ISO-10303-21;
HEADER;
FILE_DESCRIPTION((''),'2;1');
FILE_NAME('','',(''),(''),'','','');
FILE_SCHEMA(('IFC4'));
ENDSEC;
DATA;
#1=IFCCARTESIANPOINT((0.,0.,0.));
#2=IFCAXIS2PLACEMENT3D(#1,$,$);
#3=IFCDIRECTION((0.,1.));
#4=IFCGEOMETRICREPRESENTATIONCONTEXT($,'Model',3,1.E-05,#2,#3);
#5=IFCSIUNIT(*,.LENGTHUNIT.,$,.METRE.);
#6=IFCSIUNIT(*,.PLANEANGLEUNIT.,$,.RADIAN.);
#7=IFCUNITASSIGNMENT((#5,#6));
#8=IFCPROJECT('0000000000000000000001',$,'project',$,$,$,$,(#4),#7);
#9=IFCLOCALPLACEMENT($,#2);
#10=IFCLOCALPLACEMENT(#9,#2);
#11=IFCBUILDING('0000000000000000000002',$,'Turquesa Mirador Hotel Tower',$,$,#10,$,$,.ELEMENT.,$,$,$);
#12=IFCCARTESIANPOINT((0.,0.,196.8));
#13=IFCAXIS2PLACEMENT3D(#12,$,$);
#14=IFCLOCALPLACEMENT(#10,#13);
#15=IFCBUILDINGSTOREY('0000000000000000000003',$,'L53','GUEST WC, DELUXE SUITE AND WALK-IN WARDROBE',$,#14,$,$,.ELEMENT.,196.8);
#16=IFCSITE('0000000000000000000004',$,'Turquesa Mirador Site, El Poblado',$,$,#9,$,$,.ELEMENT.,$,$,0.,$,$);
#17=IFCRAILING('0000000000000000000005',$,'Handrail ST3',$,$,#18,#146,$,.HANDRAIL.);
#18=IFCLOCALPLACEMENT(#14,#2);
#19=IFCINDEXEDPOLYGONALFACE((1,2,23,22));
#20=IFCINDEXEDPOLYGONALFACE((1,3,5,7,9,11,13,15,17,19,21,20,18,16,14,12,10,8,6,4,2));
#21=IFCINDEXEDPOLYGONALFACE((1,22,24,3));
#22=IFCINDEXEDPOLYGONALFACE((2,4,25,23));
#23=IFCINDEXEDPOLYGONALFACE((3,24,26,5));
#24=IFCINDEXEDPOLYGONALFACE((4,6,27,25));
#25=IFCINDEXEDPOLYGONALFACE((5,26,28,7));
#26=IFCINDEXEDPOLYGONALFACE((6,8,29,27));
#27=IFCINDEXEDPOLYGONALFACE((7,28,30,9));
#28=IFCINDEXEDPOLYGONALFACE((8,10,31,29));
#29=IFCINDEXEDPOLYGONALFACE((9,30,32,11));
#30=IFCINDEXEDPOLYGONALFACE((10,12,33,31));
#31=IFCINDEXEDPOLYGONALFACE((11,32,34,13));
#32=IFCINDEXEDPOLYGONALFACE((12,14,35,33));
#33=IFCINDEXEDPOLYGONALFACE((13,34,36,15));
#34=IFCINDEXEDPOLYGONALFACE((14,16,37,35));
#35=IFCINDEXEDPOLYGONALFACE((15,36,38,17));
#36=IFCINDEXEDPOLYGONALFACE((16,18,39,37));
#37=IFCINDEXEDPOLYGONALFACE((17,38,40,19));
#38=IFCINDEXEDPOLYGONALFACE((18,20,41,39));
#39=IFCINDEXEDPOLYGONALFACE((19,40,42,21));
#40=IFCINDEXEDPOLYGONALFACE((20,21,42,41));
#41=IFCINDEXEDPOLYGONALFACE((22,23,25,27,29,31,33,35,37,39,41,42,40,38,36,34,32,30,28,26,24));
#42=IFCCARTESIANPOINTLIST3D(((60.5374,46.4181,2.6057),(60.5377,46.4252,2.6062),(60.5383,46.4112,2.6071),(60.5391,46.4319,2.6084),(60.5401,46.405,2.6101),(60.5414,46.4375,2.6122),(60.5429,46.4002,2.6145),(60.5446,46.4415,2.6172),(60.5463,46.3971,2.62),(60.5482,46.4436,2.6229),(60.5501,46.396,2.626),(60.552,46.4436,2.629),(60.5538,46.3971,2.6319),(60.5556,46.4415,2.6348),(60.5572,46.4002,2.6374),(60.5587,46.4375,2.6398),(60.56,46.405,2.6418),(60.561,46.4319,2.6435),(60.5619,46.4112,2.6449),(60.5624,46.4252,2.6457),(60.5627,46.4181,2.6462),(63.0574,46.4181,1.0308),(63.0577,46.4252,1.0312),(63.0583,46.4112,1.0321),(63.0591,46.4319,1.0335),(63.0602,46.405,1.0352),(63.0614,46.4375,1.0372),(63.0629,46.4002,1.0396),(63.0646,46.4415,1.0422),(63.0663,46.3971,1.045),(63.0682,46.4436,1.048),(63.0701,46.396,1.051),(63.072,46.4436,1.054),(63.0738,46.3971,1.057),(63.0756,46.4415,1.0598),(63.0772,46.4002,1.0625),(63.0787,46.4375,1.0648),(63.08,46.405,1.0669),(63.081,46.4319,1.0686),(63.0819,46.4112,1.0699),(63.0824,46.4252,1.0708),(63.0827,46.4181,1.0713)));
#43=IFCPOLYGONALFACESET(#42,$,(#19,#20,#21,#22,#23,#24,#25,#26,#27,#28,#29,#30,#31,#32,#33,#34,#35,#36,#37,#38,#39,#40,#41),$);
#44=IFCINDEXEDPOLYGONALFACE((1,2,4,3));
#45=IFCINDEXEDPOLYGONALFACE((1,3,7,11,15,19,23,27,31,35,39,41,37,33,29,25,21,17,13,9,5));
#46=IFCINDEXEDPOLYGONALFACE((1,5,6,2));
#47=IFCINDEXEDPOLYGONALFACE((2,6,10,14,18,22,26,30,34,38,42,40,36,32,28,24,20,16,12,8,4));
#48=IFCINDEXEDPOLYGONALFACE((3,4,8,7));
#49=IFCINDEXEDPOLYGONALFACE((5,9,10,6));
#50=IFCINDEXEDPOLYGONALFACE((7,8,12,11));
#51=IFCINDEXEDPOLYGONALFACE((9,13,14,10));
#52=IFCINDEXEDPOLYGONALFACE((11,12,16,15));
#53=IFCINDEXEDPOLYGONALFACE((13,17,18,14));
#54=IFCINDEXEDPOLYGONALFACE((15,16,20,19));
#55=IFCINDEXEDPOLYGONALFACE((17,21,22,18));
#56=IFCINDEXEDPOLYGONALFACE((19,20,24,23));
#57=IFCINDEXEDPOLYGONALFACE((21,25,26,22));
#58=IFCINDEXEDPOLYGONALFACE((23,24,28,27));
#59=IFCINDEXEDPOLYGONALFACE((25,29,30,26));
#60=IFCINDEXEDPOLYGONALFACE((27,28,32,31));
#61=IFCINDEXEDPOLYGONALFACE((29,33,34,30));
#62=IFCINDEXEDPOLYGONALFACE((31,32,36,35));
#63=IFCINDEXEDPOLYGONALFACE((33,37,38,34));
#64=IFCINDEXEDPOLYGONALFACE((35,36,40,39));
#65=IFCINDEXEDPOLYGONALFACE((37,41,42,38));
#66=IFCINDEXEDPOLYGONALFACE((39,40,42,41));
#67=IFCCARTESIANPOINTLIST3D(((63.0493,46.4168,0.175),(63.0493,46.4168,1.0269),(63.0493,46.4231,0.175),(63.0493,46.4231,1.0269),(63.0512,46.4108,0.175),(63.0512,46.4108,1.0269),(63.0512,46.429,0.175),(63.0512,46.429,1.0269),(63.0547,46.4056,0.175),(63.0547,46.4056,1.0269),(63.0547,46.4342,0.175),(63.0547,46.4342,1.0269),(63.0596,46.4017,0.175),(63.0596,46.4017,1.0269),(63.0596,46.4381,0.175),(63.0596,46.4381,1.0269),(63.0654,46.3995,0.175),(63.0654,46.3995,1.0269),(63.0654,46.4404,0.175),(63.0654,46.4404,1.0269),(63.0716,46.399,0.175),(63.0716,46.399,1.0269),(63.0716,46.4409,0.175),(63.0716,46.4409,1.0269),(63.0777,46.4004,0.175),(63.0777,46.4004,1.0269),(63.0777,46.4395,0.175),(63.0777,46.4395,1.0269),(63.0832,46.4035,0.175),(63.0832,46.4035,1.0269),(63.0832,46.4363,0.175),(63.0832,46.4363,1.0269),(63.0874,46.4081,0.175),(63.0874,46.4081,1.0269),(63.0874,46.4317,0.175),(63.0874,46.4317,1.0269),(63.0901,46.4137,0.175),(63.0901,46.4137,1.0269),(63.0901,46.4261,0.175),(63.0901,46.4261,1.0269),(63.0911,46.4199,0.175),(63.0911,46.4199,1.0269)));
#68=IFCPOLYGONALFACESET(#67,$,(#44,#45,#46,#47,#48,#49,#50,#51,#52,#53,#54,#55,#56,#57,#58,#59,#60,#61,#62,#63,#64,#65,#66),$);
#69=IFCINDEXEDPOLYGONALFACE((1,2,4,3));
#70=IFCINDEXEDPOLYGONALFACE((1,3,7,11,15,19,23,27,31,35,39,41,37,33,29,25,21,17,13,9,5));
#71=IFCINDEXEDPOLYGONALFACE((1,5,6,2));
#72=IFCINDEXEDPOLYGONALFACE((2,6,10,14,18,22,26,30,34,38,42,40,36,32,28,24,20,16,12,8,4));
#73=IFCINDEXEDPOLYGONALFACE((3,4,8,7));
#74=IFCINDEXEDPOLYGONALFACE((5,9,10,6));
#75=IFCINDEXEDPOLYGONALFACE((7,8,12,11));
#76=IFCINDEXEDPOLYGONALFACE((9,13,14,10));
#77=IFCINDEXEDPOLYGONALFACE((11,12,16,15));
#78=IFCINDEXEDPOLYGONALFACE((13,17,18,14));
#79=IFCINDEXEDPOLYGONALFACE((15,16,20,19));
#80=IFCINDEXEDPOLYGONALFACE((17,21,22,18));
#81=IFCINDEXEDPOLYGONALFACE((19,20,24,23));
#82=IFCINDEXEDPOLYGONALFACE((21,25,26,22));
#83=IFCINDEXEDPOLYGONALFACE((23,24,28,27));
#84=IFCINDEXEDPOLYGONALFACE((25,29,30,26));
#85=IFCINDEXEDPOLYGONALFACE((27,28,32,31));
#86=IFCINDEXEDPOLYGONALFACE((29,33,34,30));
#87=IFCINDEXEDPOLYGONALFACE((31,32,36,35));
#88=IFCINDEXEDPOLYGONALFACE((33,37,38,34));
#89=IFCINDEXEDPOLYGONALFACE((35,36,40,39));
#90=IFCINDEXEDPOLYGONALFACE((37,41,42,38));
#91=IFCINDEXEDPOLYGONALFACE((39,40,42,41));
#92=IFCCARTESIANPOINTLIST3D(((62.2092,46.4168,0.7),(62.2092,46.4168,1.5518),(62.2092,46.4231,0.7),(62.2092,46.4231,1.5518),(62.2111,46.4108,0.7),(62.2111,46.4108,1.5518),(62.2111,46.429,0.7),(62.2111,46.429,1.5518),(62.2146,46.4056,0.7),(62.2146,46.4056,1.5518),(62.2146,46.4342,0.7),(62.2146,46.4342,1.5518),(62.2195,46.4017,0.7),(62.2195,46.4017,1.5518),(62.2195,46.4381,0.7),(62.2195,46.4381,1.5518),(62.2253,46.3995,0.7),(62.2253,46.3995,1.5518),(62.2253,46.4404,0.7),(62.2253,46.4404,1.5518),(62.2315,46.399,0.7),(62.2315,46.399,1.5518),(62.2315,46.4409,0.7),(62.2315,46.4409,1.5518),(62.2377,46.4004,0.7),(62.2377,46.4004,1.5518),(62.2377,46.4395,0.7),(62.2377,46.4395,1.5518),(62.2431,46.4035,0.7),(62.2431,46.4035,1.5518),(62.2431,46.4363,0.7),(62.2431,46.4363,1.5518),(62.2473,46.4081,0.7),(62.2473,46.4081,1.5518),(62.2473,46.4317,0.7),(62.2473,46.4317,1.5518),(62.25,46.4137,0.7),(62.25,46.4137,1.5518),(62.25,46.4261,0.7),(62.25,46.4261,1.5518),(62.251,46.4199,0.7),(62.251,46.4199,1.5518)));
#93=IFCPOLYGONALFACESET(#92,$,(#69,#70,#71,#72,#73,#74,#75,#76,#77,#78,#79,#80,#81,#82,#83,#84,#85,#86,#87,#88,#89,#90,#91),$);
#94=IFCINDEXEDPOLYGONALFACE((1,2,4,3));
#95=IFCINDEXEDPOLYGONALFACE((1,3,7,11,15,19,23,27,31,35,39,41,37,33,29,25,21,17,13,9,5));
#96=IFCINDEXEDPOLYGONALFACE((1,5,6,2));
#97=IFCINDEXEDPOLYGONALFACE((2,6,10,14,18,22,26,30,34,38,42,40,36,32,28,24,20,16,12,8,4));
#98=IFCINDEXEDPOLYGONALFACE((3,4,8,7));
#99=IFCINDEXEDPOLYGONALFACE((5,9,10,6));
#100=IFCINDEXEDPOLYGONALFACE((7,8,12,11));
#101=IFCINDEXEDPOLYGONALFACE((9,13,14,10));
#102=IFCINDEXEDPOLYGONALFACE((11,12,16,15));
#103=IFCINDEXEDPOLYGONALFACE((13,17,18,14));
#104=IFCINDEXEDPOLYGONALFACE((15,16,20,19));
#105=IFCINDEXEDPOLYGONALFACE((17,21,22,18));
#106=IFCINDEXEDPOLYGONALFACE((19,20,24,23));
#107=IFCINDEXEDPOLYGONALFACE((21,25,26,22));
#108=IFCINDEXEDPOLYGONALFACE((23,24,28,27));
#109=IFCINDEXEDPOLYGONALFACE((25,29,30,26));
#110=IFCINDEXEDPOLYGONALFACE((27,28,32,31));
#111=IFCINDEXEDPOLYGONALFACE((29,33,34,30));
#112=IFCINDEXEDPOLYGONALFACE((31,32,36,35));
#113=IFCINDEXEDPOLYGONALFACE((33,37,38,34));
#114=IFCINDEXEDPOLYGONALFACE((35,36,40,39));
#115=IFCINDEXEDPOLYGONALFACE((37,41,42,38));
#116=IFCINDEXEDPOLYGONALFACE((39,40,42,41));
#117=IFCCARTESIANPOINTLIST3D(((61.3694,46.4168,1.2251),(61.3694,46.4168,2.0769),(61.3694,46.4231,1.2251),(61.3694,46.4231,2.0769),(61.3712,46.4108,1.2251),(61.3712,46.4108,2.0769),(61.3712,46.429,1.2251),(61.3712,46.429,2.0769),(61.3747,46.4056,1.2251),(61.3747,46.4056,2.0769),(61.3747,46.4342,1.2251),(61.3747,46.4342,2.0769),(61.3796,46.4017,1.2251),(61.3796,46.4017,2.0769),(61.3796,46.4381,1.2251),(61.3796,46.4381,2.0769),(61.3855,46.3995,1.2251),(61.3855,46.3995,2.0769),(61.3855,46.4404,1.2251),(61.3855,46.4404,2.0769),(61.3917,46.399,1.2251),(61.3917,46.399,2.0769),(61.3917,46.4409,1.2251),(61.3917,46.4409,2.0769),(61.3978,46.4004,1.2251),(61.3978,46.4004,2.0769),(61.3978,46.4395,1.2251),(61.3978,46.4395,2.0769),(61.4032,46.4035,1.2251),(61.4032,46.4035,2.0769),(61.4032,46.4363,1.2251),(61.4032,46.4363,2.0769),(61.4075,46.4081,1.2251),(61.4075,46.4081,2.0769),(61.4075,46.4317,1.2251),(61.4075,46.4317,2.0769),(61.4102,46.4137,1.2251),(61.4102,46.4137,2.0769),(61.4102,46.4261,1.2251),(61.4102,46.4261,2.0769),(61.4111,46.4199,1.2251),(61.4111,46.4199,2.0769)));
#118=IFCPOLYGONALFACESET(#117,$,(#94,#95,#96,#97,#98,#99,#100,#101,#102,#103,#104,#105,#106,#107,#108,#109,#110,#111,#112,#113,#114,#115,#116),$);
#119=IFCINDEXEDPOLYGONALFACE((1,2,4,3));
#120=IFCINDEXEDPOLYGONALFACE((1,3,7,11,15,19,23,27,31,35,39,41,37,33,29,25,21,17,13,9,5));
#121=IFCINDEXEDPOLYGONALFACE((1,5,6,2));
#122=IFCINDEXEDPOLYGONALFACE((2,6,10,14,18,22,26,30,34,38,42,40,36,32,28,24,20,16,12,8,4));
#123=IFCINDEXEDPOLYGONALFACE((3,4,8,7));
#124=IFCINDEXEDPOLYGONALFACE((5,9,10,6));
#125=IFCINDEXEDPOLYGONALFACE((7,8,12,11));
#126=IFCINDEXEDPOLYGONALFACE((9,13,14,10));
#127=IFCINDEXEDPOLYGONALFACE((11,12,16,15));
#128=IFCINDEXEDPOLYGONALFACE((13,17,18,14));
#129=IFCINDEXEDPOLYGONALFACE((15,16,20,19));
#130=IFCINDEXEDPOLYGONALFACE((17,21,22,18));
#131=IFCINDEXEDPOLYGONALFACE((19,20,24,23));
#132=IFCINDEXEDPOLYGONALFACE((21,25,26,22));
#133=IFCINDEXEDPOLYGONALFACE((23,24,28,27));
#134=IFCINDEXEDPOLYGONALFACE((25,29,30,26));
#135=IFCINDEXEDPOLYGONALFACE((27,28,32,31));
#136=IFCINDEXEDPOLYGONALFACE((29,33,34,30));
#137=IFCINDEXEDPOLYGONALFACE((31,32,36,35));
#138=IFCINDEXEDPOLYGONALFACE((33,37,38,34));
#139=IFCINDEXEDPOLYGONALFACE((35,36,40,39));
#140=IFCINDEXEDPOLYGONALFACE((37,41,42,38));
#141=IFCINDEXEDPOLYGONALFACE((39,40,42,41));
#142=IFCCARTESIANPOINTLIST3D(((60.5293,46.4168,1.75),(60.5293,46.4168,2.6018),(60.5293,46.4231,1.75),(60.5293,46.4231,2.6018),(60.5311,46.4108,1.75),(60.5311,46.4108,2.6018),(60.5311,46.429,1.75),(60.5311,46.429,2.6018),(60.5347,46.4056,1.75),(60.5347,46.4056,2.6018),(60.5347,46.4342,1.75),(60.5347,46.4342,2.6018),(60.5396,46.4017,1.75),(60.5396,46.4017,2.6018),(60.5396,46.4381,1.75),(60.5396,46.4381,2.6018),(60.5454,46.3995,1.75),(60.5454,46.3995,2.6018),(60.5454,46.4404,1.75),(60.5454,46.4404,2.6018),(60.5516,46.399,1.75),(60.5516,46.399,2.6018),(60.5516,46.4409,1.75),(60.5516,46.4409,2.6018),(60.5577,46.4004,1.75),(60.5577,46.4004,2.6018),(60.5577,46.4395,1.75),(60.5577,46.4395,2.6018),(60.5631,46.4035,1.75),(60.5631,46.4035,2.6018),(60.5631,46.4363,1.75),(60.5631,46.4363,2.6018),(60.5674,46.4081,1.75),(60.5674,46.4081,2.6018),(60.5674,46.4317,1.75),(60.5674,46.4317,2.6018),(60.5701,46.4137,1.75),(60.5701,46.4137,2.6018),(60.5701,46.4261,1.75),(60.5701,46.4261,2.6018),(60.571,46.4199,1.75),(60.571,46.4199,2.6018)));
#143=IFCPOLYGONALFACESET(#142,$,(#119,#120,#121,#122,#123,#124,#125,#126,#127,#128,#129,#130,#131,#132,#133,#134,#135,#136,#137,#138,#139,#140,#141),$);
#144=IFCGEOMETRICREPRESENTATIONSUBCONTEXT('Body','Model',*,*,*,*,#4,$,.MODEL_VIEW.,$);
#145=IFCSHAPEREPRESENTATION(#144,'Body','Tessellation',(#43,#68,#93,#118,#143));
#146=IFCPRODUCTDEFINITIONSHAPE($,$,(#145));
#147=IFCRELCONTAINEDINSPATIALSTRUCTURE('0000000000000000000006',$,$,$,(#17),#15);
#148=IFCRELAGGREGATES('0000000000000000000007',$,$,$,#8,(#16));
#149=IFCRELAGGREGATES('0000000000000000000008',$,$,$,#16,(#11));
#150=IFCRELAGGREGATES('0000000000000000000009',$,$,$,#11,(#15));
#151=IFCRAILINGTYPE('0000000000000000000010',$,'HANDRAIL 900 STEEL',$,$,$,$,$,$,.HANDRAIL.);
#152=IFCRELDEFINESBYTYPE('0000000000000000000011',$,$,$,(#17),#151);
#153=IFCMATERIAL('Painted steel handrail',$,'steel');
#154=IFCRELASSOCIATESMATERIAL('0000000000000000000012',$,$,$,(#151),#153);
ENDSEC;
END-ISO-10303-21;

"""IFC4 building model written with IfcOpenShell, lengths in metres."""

from ifc_helpers import new_model, si_unit, direction, frame, origin, origin_2d, place, context, subcontext, project, spatial, circle, extrude, material, type_object, element, save


model = new_model("IFC4")

# Units and contexts
model_context = context("Model", 3, precision=1e-05, world=origin(), true_north=direction((0.0, 1.0)))
body_context = subcontext(model_context, "Body", "Model", "MODEL_VIEW")
ifc_project = project(units=[si_unit("LENGTHUNIT", "METRE"), si_unit("PLANEANGLEUNIT", "RADIAN")], contexts=[model_context])

# Site, building, storey
site_placement = place(None, origin())
site = spatial("IfcSite", under=ifc_project, at=site_placement, Name="Turquesa Mirador Site, El Poblado", CompositionType="ELEMENT", RefElevation=0.0)
building_placement = place(site_placement, origin())
building = spatial("IfcBuilding", under=site, at=building_placement, Name="Turquesa Mirador Hotel Tower", CompositionType="ELEMENT")
storey_placement = place(building_placement, frame((0.0, 0.0, 196.8)))
storey = spatial("IfcBuildingStorey", under=building, at=storey_placement, Name="L53", Description="GUEST WC, DELUXE SUITE AND WALK-IN WARDROBE", CompositionType="ELEMENT", Elevation=196.8)

# Railing
ifc_material_1 = material(Name="Painted steel handrail", Category="steel")
railing_type = type_object("IfcRailingType", Name="HANDRAIL 900 STEEL", PredefinedType="HANDRAIL", material=ifc_material_1)
railing_1_placement = place(storey_placement, frame((63.0701, 46.4199, 0.175)))
element("IfcRailing", 1, at=railing_1_placement, inside=storey, type_object=railing_type, Name="Handrail ST3", PredefinedType="HANDRAIL", context=body_context, shape_type="SweptSolid", body=[
    extrude(circle(Radius=0.0239, at=origin_2d()), frame((0.0, 0.0, 0.876), z_axis=(-0.848008, 0.0, 0.529984), x_axis=(0.0, -1.0, 0.0)), (0.0, 0.0, 1.0), 2.9717),
    extrude(circle(Radius=0.021, at=origin_2d()), origin(), (0.0, 0.0, 1.0), 0.8518),
    extrude(circle(Radius=0.021, at=origin_2d()), frame((-0.8401, 0.0, 0.5249)), (0.0, 0.0, 1.0), 0.8518),
    extrude(circle(Radius=0.021, at=origin_2d()), frame((-1.6799, 0.0, 1.05)), (0.0, 0.0, 1.0), 0.8518),
    extrude(circle(Radius=0.021, at=origin_2d()), frame((-2.52, 0.0, 1.575)), (0.0, 0.0, 1.0), 0.8518),
])

save(model, "model.ifc")
